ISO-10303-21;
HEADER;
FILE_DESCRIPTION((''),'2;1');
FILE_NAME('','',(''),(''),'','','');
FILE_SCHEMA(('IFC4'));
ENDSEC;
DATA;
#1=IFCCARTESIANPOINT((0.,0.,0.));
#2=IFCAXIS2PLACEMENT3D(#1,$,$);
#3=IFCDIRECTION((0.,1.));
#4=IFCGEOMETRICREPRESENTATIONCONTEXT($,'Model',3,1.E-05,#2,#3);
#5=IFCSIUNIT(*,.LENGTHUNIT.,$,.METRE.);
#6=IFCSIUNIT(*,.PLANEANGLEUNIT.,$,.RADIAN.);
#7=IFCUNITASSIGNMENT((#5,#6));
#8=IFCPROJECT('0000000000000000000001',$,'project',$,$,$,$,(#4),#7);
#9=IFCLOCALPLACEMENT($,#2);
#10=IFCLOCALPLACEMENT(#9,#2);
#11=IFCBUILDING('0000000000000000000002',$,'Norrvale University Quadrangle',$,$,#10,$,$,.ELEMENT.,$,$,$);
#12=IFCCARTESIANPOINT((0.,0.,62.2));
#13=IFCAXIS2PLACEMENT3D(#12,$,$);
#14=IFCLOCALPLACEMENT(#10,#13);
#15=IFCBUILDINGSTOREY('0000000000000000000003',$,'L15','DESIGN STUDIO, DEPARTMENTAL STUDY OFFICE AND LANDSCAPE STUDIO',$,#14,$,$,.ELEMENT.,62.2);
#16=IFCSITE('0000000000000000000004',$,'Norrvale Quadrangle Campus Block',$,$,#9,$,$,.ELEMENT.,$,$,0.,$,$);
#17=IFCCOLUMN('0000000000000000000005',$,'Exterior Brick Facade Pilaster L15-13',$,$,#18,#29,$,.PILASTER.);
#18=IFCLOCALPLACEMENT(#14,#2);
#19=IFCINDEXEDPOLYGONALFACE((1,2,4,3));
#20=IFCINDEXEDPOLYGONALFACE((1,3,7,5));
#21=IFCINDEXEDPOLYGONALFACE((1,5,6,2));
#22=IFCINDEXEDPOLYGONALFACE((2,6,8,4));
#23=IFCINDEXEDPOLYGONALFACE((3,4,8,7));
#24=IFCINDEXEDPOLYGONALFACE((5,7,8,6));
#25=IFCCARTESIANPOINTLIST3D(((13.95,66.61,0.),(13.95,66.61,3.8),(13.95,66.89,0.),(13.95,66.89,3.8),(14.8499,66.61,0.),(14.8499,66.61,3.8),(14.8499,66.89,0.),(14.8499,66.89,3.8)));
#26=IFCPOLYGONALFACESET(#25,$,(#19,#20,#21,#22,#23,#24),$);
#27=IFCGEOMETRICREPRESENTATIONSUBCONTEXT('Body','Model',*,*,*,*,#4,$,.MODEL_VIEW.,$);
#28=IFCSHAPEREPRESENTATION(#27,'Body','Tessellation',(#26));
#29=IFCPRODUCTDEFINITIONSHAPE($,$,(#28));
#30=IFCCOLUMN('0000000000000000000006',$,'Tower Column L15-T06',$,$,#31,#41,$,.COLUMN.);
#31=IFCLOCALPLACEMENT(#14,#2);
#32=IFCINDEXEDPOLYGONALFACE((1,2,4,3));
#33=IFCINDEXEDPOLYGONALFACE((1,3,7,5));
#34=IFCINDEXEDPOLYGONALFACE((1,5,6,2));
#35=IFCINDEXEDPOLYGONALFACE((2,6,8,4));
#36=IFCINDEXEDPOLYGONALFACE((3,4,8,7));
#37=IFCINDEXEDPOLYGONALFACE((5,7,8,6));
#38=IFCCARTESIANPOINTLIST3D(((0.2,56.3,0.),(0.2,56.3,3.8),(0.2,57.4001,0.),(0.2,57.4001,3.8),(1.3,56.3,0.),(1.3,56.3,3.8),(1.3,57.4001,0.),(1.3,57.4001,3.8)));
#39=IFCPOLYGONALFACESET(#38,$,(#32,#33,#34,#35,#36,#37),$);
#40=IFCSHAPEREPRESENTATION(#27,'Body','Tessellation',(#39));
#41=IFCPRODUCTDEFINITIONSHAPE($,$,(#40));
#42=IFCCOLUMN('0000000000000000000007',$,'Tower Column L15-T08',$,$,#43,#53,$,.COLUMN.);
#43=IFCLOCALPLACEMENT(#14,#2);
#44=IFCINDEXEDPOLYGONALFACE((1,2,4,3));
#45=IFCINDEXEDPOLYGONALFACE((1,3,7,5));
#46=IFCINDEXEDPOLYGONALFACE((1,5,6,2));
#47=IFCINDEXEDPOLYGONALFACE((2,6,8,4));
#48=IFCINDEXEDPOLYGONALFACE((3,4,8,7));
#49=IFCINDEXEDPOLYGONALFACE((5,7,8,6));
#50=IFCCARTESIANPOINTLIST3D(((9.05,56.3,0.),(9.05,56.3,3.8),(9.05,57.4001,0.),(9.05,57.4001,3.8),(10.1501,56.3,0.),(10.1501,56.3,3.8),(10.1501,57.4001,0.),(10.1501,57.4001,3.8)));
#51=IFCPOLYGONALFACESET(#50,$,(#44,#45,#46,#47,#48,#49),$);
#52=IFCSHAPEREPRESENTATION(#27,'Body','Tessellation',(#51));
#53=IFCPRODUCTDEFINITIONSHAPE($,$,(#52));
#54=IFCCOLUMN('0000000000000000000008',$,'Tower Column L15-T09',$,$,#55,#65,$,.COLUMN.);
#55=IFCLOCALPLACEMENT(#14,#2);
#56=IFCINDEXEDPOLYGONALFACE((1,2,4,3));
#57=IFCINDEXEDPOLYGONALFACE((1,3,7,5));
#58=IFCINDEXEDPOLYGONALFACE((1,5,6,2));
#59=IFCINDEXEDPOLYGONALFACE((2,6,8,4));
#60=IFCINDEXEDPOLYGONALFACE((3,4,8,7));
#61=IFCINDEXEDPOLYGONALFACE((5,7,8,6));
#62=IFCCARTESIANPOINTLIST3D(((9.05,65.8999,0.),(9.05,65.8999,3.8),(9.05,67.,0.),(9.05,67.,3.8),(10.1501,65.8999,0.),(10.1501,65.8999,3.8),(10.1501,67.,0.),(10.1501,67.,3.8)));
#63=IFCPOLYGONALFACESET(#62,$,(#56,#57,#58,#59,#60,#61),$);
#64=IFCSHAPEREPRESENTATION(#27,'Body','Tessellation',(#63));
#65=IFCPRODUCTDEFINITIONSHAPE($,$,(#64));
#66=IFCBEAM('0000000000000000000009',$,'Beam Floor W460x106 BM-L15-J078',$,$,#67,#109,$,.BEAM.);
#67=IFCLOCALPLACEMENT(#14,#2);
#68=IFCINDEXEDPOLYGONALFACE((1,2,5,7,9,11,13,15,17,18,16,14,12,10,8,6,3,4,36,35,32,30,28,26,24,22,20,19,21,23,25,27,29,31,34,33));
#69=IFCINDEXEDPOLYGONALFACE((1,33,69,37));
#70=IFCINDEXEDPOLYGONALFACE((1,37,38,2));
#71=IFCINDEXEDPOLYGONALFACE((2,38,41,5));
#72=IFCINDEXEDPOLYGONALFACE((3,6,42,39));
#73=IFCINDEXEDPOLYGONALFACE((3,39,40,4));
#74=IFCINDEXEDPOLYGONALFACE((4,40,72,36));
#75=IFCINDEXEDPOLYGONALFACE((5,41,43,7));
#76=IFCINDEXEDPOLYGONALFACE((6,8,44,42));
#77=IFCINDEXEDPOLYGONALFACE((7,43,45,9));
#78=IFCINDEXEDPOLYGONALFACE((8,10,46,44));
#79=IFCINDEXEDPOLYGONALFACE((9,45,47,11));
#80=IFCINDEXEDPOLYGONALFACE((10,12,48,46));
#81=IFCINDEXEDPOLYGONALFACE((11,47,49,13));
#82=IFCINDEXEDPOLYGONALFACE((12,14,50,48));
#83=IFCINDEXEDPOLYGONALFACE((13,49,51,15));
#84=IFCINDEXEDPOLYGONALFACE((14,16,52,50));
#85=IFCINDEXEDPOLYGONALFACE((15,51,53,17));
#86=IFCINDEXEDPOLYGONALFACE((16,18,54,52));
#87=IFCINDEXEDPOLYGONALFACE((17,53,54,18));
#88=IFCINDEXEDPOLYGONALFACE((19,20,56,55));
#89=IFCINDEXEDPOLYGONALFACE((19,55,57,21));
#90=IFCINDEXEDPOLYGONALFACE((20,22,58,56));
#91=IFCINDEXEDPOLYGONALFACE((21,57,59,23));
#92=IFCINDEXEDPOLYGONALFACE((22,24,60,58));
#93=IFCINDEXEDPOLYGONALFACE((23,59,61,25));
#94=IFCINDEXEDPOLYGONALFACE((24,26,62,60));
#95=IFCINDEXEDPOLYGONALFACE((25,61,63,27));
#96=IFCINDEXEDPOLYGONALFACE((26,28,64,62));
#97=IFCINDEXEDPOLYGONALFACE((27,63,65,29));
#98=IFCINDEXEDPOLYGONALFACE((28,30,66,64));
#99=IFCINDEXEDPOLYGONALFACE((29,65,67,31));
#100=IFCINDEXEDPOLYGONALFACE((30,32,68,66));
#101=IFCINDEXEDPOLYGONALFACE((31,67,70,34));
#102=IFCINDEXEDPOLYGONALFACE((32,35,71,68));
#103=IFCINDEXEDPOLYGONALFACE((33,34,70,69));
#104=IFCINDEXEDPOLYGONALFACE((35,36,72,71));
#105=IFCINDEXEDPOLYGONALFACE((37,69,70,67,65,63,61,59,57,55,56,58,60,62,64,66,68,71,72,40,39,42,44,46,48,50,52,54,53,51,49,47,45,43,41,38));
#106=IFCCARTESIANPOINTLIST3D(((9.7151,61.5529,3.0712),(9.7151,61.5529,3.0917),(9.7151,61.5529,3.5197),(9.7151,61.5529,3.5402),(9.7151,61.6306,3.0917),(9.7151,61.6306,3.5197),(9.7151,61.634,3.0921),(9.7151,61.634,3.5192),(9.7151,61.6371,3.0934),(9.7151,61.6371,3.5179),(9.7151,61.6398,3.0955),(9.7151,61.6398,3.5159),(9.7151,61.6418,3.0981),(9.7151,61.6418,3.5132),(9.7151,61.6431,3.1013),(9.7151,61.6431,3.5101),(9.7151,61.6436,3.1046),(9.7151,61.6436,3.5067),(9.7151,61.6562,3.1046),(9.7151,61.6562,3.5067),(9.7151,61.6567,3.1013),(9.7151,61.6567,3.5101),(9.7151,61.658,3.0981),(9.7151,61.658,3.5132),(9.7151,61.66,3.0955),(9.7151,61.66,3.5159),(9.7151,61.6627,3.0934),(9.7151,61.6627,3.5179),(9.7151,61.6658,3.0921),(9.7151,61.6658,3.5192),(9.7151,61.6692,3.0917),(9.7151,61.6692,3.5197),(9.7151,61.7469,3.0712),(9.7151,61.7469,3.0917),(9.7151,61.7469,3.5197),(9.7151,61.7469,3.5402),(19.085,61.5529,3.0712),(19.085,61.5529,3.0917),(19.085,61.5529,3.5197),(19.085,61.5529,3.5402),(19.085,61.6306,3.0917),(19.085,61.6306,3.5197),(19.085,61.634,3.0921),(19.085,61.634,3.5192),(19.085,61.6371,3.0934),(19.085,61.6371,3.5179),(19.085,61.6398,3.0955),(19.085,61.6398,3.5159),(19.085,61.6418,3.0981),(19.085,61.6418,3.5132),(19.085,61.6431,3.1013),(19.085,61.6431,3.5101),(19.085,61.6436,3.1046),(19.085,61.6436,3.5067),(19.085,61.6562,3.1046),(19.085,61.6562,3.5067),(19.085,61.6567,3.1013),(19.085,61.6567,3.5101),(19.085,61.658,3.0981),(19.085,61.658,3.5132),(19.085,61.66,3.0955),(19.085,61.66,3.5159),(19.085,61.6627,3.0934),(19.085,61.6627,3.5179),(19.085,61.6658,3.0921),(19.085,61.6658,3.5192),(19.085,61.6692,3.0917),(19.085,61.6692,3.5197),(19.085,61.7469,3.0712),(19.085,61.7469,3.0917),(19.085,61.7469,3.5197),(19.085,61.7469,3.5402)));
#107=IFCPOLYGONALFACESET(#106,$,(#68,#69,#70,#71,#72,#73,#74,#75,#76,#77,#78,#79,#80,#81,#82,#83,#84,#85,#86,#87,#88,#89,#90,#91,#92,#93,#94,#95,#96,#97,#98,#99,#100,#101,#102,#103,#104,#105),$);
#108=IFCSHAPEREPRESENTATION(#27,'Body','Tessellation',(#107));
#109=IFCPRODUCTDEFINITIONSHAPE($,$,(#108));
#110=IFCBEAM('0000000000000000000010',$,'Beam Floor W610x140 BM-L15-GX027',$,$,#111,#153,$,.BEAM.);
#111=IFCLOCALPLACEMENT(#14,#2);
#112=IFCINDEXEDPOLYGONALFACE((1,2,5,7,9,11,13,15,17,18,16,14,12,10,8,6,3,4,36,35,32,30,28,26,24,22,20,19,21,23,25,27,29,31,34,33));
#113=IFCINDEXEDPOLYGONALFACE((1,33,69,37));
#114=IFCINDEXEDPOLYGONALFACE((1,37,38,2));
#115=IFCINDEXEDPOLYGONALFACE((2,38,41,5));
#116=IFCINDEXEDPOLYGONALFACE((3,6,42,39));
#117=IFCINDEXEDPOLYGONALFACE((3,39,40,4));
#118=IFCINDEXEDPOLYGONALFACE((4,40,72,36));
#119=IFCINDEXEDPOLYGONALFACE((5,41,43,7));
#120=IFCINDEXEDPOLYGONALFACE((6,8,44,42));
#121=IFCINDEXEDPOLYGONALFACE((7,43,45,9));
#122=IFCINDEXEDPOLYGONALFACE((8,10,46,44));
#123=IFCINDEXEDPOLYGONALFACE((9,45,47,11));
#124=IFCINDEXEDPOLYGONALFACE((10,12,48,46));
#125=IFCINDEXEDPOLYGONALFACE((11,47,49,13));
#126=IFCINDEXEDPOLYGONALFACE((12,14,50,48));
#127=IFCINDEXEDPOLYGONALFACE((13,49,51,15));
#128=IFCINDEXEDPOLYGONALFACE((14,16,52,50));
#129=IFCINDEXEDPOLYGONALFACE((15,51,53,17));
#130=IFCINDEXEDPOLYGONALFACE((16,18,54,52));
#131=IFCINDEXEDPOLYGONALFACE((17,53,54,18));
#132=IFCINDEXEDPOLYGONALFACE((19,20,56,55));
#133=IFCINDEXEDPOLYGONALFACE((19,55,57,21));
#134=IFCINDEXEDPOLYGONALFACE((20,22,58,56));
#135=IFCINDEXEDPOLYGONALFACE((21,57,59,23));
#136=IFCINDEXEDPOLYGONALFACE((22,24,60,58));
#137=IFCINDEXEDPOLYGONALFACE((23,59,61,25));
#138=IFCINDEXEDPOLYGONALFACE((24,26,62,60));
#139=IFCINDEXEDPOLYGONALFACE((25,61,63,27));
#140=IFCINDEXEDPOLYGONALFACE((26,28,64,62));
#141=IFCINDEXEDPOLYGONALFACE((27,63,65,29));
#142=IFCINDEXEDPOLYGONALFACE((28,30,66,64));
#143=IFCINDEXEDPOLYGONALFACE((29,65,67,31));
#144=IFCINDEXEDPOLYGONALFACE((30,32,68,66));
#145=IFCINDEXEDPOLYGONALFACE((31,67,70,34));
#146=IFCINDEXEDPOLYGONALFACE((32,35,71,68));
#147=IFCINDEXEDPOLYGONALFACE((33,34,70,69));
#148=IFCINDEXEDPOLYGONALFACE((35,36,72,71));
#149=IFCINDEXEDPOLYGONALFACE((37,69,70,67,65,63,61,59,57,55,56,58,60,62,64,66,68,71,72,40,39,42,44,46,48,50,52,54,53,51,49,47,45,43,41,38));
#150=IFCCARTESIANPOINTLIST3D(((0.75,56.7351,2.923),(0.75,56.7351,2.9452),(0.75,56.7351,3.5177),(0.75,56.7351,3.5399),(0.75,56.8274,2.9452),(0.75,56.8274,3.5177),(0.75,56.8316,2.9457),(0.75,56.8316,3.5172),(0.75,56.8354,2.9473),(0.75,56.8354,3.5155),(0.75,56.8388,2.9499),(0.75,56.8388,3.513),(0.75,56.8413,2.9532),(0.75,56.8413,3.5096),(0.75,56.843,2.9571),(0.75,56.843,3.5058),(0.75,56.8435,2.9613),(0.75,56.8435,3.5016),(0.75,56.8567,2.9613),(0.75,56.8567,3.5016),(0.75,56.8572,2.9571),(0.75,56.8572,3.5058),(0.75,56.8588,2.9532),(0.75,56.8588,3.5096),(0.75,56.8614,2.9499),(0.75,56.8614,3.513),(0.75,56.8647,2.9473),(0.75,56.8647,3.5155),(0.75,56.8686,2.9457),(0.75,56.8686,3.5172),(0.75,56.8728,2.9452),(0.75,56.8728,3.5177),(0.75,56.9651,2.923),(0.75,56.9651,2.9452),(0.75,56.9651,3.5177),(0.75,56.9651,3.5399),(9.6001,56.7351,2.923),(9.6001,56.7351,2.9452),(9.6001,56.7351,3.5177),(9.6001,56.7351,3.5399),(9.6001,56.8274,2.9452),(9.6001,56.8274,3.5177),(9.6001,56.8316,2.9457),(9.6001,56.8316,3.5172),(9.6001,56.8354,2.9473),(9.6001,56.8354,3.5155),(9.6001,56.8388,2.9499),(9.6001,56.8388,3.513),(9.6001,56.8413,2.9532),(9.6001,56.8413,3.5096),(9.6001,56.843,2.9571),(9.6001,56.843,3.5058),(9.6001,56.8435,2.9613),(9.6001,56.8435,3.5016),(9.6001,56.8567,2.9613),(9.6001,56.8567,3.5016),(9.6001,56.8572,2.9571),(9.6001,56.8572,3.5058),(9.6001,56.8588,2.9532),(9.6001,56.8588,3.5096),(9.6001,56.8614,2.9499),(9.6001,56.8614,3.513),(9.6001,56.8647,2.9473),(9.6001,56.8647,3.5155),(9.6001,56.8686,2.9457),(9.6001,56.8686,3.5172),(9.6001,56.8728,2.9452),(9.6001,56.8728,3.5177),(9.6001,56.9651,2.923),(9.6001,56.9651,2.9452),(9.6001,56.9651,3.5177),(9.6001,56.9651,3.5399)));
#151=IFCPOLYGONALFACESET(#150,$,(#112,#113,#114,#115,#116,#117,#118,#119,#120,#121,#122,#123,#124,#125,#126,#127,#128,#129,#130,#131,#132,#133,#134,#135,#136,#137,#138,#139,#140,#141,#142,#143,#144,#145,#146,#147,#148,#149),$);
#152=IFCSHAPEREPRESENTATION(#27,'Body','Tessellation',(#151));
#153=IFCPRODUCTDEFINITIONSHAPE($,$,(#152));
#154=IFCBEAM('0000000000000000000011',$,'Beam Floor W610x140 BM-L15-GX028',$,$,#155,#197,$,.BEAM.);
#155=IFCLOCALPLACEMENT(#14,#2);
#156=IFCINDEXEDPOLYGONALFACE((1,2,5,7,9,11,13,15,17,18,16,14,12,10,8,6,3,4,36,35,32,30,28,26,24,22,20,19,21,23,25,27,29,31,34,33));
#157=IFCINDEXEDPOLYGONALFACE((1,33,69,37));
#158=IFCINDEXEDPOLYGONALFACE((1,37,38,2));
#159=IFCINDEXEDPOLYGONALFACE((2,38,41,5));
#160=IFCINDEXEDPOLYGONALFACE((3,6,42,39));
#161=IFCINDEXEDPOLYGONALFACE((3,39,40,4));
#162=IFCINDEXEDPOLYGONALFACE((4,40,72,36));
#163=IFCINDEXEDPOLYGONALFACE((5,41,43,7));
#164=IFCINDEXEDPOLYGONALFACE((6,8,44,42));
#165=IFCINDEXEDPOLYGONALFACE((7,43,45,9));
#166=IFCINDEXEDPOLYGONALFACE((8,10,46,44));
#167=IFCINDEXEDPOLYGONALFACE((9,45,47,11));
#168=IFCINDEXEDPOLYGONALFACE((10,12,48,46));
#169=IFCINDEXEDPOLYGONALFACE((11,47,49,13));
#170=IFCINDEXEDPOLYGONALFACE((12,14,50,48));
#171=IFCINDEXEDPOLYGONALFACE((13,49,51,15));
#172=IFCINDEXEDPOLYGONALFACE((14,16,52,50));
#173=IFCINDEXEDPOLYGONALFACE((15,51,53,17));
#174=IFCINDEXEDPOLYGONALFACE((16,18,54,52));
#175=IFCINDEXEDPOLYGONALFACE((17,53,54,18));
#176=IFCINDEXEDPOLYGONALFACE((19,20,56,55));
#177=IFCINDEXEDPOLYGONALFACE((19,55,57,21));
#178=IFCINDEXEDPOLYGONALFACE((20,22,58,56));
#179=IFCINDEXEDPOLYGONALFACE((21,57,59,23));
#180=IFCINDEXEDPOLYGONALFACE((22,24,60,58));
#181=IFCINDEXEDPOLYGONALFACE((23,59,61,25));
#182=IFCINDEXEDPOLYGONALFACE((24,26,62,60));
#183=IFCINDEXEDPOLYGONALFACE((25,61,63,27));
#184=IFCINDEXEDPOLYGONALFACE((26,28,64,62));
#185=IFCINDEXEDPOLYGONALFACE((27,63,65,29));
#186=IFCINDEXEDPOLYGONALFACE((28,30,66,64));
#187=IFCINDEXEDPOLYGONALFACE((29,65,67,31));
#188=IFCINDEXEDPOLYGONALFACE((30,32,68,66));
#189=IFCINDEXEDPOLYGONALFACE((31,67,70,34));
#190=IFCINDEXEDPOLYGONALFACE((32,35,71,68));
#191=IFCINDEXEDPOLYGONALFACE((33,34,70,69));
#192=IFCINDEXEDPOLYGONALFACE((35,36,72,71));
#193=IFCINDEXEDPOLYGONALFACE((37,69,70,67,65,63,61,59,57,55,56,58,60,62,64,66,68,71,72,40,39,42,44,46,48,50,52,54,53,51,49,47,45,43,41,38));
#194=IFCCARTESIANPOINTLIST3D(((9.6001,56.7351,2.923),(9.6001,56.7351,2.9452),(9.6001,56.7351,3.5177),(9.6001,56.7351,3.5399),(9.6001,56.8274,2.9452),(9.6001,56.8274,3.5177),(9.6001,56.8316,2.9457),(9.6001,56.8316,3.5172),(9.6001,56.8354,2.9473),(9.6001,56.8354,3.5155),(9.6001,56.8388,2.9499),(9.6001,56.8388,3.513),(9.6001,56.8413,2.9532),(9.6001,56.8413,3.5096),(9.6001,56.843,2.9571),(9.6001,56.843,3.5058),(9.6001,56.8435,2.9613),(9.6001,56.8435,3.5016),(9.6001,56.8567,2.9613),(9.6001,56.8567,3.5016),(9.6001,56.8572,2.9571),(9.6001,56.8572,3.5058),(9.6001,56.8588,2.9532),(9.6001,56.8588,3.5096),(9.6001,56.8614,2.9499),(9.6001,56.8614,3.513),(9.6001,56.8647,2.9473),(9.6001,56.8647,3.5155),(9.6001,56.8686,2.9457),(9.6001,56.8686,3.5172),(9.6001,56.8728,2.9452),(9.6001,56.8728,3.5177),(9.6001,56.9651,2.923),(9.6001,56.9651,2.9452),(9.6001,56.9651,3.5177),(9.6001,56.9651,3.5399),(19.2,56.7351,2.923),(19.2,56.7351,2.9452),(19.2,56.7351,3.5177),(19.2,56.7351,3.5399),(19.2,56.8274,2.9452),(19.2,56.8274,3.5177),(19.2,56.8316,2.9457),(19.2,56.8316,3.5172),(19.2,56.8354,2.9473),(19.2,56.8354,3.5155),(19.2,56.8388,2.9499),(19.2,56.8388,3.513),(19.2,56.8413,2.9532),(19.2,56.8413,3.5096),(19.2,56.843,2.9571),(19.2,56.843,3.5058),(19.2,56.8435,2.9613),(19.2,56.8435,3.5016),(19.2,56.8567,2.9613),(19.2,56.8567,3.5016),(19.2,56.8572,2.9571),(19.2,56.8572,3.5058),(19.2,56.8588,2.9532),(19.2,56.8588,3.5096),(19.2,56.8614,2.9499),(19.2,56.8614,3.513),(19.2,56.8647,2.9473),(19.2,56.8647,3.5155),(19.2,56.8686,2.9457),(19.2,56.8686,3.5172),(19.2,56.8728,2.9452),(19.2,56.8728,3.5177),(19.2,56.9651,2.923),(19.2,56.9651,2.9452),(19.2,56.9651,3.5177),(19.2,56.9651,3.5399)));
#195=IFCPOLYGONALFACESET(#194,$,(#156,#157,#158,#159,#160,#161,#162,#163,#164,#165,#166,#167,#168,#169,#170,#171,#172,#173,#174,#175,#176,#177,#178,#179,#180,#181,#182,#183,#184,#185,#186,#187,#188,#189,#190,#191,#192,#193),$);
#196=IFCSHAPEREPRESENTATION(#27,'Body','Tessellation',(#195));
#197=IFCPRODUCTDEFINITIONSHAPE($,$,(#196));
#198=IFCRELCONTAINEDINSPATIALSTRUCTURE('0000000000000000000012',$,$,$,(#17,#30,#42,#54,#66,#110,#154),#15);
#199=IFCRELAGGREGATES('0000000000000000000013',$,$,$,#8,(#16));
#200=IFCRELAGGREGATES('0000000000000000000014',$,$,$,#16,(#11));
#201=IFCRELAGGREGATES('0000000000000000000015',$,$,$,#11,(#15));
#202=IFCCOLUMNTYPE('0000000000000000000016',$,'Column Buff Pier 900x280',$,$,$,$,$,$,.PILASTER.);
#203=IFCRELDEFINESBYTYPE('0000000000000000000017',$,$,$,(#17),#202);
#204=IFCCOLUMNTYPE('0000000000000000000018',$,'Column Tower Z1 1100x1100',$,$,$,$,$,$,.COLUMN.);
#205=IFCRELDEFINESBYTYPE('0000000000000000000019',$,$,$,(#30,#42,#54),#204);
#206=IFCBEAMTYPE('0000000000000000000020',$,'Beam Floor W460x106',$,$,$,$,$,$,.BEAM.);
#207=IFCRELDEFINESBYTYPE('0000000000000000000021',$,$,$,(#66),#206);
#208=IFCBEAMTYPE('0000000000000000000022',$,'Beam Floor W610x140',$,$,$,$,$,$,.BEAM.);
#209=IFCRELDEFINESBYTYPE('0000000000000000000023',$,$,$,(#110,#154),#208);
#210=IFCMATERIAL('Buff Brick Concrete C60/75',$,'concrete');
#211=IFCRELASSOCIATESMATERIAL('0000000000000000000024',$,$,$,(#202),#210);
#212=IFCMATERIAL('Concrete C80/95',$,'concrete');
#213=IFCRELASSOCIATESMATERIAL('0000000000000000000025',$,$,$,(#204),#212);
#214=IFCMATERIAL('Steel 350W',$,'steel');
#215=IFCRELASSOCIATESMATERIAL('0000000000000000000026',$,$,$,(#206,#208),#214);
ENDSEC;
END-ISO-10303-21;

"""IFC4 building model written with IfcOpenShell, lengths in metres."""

from ifc_helpers import new_model, si_unit, direction, frame, origin, origin_2d, place, context, subcontext, project, spatial, rectangle, i_section, extrude, material, material_profile, profile_set, type_object, element, save


model = new_model("IFC4")

# Units and contexts
model_context = context("Model", 3, precision=1e-05, world=origin(), true_north=direction((0.0, 1.0)))
body_context = subcontext(model_context, "Body", "Model", "MODEL_VIEW")
ifc_project = project(units=[si_unit("LENGTHUNIT", "METRE"), si_unit("PLANEANGLEUNIT", "RADIAN")], contexts=[model_context])

# Site, building, storey
site_placement = place(None, origin())
site = spatial("IfcSite", under=ifc_project, at=site_placement, Name="Norrvale Quadrangle Campus Block", CompositionType="ELEMENT", RefElevation=0.0)
building_placement = place(site_placement, origin())
building = spatial("IfcBuilding", under=site, at=building_placement, Name="Norrvale University Quadrangle", CompositionType="ELEMENT")
storey_placement = place(building_placement, frame((0.0, 0.0, 62.2)))
storey = spatial("IfcBuildingStorey", under=building, at=storey_placement, Name="L15", Description="DESIGN STUDIO, DEPARTMENTAL STUDY OFFICE AND LANDSCAPE STUDIO", CompositionType="ELEMENT", Elevation=62.2)

# Columns
ifc_material_1 = material(Name="Buff Brick Concrete C60/75", Category="concrete")
ifc_material_profile_1 = material_profile(ifc_material_1, rectangle(XDim=0.8999, YDim=0.28, at=origin_2d()), Name="Buff Brick Concrete C60/75")
ifc_profile_set_1 = profile_set([ifc_material_profile_1], Name="Buff Brick Concrete C60/75")
column_type_1 = type_object("IfcColumnType", Name="Column Buff Pier 900x280", PredefinedType="PILASTER", material=ifc_profile_set_1)
column_placement = place(storey_placement, frame((14.3999, 66.75, 0.0), z_axis=(0.0, 0.0, 1.0), x_axis=(1.0, 0.0, 0.0)))
element("IfcColumn", 1, at=column_placement, inside=storey, type_object=column_type_1, Name="Exterior Brick Facade Pilaster L15-13", PredefinedType="PILASTER", context=body_context, shape_type="SweptSolid", body=[
    extrude(rectangle(XDim=0.8999, YDim=0.28, at=origin_2d()), origin(), (0.0, 0.0, 1.0), 3.8),
])
ifc_material_2 = material(Name="Concrete C80/95", Category="concrete")
ifc_material_profile_2 = material_profile(ifc_material_2, rectangle(XDim=1.1001, YDim=1.1001, at=origin_2d()), Name="Concrete C80/95")
ifc_profile_set_2 = profile_set([ifc_material_profile_2], Name="Concrete C80/95")
column_type_2 = type_object("IfcColumnType", Name="Column Tower Z1 1100x1100", PredefinedType="COLUMN", material=ifc_profile_set_2)
for number, where, z_axis, x_axis, name in (
    (2, (0.75, 56.8501, 0.0), (0.0, 0.0, 1.0), (1.0, 0.0, 0.0), "Tower Column L15-T06"),
    (3, (9.6001, 56.8501, 0.0), (0.0, 0.0, 1.0), (1.0, 0.0, 0.0), "Tower Column L15-T08"),
    (4, (9.6001, 66.45, 0.0), (0.0, 0.0, 1.0), (1.0, 0.0, 0.0), "Tower Column L15-T09"),
):
    element("IfcColumn", number, at=place(storey_placement, frame(where, z_axis=z_axis, x_axis=x_axis)), inside=storey, type_object=column_type_2, Name=name, PredefinedType="COLUMN", context=body_context, shape_type="SweptSolid", body=[
        extrude(rectangle(XDim=1.1001, YDim=1.1001, at=origin_2d()), origin(), (0.0, 0.0, 1.0), 3.8),
    ])

# Beams
ifc_material_3 = material(Name="Steel 350W", Category="steel")
ifc_material_profile_3 = material_profile(ifc_material_3, i_section(OverallWidth=0.1941, OverallDepth=0.469, WebThickness=0.0127, FlangeThickness=0.0205, FilletRadius=0.0129, at=origin_2d()), Name="Steel 350W")
ifc_profile_set_3 = profile_set([ifc_material_profile_3], Name="Steel 350W")
beam_type_1 = type_object("IfcBeamType", Name="Beam Floor W460x106", PredefinedType="BEAM", material=ifc_profile_set_3)
beam_1_placement = place(storey_placement, frame((9.7151, 61.6499, 3.3057), z_axis=(1.0, 0.0, 0.0), x_axis=(0.0, 1.0, 0.0)))
element("IfcBeam", 5, at=beam_1_placement, inside=storey, type_object=beam_type_1, Name="Beam Floor W460x106 BM-L15-J078", PredefinedType="BEAM", context=body_context, shape_type="SweptSolid", body=[
    extrude(i_section(OverallWidth=0.1941, OverallDepth=0.469, WebThickness=0.0127, FlangeThickness=0.0205, FilletRadius=0.0129, at=origin_2d()), origin(), (0.0, 0.0, 1.0), 9.3699),
])
ifc_material_profile_4 = material_profile(ifc_material_3, i_section(OverallWidth=0.23, OverallDepth=0.6169, WebThickness=0.0132, FlangeThickness=0.0222, FilletRadius=0.0161, at=origin_2d()), Name="Steel 350W")
ifc_profile_set_4 = profile_set([ifc_material_profile_4], Name="Steel 350W")
beam_type_2 = type_object("IfcBeamType", Name="Beam Floor W610x140", PredefinedType="BEAM", material=ifc_profile_set_4)
beam_2_placement = place(storey_placement, frame((0.75, 56.8501, 3.2314), z_axis=(1.0, 0.0, 0.0), x_axis=(0.0, 1.0, 0.0)))
element("IfcBeam", 6, at=beam_2_placement, inside=storey, type_object=beam_type_2, Name="Beam Floor W610x140 BM-L15-GX027", PredefinedType="BEAM", context=body_context, shape_type="SweptSolid", body=[
    extrude(i_section(OverallWidth=0.23, OverallDepth=0.6169, WebThickness=0.0132, FlangeThickness=0.0222, FilletRadius=0.0161, at=origin_2d()), origin(), (0.0, 0.0, 1.0), 8.8501),
])
for number, where, z_axis, x_axis, name in (
    (7, (9.6001, 56.8501, 3.2314), (1.0, 0.0, 0.0), (0.0, 1.0, 0.0), "Beam Floor W610x140 BM-L15-GX028"),
):
    element("IfcBeam", number, at=place(storey_placement, frame(where, z_axis=z_axis, x_axis=x_axis)), inside=storey, type_object=beam_type_2, Name=name, PredefinedType="BEAM", context=body_context, shape_type="SweptSolid", body=[
        extrude(i_section(OverallWidth=0.23, OverallDepth=0.6169, WebThickness=0.0132, FlangeThickness=0.0222, FilletRadius=0.0161, at=origin_2d()), origin(), (0.0, 0.0, 1.0), 9.5999),
    ])

save(model, "model.ifc")
